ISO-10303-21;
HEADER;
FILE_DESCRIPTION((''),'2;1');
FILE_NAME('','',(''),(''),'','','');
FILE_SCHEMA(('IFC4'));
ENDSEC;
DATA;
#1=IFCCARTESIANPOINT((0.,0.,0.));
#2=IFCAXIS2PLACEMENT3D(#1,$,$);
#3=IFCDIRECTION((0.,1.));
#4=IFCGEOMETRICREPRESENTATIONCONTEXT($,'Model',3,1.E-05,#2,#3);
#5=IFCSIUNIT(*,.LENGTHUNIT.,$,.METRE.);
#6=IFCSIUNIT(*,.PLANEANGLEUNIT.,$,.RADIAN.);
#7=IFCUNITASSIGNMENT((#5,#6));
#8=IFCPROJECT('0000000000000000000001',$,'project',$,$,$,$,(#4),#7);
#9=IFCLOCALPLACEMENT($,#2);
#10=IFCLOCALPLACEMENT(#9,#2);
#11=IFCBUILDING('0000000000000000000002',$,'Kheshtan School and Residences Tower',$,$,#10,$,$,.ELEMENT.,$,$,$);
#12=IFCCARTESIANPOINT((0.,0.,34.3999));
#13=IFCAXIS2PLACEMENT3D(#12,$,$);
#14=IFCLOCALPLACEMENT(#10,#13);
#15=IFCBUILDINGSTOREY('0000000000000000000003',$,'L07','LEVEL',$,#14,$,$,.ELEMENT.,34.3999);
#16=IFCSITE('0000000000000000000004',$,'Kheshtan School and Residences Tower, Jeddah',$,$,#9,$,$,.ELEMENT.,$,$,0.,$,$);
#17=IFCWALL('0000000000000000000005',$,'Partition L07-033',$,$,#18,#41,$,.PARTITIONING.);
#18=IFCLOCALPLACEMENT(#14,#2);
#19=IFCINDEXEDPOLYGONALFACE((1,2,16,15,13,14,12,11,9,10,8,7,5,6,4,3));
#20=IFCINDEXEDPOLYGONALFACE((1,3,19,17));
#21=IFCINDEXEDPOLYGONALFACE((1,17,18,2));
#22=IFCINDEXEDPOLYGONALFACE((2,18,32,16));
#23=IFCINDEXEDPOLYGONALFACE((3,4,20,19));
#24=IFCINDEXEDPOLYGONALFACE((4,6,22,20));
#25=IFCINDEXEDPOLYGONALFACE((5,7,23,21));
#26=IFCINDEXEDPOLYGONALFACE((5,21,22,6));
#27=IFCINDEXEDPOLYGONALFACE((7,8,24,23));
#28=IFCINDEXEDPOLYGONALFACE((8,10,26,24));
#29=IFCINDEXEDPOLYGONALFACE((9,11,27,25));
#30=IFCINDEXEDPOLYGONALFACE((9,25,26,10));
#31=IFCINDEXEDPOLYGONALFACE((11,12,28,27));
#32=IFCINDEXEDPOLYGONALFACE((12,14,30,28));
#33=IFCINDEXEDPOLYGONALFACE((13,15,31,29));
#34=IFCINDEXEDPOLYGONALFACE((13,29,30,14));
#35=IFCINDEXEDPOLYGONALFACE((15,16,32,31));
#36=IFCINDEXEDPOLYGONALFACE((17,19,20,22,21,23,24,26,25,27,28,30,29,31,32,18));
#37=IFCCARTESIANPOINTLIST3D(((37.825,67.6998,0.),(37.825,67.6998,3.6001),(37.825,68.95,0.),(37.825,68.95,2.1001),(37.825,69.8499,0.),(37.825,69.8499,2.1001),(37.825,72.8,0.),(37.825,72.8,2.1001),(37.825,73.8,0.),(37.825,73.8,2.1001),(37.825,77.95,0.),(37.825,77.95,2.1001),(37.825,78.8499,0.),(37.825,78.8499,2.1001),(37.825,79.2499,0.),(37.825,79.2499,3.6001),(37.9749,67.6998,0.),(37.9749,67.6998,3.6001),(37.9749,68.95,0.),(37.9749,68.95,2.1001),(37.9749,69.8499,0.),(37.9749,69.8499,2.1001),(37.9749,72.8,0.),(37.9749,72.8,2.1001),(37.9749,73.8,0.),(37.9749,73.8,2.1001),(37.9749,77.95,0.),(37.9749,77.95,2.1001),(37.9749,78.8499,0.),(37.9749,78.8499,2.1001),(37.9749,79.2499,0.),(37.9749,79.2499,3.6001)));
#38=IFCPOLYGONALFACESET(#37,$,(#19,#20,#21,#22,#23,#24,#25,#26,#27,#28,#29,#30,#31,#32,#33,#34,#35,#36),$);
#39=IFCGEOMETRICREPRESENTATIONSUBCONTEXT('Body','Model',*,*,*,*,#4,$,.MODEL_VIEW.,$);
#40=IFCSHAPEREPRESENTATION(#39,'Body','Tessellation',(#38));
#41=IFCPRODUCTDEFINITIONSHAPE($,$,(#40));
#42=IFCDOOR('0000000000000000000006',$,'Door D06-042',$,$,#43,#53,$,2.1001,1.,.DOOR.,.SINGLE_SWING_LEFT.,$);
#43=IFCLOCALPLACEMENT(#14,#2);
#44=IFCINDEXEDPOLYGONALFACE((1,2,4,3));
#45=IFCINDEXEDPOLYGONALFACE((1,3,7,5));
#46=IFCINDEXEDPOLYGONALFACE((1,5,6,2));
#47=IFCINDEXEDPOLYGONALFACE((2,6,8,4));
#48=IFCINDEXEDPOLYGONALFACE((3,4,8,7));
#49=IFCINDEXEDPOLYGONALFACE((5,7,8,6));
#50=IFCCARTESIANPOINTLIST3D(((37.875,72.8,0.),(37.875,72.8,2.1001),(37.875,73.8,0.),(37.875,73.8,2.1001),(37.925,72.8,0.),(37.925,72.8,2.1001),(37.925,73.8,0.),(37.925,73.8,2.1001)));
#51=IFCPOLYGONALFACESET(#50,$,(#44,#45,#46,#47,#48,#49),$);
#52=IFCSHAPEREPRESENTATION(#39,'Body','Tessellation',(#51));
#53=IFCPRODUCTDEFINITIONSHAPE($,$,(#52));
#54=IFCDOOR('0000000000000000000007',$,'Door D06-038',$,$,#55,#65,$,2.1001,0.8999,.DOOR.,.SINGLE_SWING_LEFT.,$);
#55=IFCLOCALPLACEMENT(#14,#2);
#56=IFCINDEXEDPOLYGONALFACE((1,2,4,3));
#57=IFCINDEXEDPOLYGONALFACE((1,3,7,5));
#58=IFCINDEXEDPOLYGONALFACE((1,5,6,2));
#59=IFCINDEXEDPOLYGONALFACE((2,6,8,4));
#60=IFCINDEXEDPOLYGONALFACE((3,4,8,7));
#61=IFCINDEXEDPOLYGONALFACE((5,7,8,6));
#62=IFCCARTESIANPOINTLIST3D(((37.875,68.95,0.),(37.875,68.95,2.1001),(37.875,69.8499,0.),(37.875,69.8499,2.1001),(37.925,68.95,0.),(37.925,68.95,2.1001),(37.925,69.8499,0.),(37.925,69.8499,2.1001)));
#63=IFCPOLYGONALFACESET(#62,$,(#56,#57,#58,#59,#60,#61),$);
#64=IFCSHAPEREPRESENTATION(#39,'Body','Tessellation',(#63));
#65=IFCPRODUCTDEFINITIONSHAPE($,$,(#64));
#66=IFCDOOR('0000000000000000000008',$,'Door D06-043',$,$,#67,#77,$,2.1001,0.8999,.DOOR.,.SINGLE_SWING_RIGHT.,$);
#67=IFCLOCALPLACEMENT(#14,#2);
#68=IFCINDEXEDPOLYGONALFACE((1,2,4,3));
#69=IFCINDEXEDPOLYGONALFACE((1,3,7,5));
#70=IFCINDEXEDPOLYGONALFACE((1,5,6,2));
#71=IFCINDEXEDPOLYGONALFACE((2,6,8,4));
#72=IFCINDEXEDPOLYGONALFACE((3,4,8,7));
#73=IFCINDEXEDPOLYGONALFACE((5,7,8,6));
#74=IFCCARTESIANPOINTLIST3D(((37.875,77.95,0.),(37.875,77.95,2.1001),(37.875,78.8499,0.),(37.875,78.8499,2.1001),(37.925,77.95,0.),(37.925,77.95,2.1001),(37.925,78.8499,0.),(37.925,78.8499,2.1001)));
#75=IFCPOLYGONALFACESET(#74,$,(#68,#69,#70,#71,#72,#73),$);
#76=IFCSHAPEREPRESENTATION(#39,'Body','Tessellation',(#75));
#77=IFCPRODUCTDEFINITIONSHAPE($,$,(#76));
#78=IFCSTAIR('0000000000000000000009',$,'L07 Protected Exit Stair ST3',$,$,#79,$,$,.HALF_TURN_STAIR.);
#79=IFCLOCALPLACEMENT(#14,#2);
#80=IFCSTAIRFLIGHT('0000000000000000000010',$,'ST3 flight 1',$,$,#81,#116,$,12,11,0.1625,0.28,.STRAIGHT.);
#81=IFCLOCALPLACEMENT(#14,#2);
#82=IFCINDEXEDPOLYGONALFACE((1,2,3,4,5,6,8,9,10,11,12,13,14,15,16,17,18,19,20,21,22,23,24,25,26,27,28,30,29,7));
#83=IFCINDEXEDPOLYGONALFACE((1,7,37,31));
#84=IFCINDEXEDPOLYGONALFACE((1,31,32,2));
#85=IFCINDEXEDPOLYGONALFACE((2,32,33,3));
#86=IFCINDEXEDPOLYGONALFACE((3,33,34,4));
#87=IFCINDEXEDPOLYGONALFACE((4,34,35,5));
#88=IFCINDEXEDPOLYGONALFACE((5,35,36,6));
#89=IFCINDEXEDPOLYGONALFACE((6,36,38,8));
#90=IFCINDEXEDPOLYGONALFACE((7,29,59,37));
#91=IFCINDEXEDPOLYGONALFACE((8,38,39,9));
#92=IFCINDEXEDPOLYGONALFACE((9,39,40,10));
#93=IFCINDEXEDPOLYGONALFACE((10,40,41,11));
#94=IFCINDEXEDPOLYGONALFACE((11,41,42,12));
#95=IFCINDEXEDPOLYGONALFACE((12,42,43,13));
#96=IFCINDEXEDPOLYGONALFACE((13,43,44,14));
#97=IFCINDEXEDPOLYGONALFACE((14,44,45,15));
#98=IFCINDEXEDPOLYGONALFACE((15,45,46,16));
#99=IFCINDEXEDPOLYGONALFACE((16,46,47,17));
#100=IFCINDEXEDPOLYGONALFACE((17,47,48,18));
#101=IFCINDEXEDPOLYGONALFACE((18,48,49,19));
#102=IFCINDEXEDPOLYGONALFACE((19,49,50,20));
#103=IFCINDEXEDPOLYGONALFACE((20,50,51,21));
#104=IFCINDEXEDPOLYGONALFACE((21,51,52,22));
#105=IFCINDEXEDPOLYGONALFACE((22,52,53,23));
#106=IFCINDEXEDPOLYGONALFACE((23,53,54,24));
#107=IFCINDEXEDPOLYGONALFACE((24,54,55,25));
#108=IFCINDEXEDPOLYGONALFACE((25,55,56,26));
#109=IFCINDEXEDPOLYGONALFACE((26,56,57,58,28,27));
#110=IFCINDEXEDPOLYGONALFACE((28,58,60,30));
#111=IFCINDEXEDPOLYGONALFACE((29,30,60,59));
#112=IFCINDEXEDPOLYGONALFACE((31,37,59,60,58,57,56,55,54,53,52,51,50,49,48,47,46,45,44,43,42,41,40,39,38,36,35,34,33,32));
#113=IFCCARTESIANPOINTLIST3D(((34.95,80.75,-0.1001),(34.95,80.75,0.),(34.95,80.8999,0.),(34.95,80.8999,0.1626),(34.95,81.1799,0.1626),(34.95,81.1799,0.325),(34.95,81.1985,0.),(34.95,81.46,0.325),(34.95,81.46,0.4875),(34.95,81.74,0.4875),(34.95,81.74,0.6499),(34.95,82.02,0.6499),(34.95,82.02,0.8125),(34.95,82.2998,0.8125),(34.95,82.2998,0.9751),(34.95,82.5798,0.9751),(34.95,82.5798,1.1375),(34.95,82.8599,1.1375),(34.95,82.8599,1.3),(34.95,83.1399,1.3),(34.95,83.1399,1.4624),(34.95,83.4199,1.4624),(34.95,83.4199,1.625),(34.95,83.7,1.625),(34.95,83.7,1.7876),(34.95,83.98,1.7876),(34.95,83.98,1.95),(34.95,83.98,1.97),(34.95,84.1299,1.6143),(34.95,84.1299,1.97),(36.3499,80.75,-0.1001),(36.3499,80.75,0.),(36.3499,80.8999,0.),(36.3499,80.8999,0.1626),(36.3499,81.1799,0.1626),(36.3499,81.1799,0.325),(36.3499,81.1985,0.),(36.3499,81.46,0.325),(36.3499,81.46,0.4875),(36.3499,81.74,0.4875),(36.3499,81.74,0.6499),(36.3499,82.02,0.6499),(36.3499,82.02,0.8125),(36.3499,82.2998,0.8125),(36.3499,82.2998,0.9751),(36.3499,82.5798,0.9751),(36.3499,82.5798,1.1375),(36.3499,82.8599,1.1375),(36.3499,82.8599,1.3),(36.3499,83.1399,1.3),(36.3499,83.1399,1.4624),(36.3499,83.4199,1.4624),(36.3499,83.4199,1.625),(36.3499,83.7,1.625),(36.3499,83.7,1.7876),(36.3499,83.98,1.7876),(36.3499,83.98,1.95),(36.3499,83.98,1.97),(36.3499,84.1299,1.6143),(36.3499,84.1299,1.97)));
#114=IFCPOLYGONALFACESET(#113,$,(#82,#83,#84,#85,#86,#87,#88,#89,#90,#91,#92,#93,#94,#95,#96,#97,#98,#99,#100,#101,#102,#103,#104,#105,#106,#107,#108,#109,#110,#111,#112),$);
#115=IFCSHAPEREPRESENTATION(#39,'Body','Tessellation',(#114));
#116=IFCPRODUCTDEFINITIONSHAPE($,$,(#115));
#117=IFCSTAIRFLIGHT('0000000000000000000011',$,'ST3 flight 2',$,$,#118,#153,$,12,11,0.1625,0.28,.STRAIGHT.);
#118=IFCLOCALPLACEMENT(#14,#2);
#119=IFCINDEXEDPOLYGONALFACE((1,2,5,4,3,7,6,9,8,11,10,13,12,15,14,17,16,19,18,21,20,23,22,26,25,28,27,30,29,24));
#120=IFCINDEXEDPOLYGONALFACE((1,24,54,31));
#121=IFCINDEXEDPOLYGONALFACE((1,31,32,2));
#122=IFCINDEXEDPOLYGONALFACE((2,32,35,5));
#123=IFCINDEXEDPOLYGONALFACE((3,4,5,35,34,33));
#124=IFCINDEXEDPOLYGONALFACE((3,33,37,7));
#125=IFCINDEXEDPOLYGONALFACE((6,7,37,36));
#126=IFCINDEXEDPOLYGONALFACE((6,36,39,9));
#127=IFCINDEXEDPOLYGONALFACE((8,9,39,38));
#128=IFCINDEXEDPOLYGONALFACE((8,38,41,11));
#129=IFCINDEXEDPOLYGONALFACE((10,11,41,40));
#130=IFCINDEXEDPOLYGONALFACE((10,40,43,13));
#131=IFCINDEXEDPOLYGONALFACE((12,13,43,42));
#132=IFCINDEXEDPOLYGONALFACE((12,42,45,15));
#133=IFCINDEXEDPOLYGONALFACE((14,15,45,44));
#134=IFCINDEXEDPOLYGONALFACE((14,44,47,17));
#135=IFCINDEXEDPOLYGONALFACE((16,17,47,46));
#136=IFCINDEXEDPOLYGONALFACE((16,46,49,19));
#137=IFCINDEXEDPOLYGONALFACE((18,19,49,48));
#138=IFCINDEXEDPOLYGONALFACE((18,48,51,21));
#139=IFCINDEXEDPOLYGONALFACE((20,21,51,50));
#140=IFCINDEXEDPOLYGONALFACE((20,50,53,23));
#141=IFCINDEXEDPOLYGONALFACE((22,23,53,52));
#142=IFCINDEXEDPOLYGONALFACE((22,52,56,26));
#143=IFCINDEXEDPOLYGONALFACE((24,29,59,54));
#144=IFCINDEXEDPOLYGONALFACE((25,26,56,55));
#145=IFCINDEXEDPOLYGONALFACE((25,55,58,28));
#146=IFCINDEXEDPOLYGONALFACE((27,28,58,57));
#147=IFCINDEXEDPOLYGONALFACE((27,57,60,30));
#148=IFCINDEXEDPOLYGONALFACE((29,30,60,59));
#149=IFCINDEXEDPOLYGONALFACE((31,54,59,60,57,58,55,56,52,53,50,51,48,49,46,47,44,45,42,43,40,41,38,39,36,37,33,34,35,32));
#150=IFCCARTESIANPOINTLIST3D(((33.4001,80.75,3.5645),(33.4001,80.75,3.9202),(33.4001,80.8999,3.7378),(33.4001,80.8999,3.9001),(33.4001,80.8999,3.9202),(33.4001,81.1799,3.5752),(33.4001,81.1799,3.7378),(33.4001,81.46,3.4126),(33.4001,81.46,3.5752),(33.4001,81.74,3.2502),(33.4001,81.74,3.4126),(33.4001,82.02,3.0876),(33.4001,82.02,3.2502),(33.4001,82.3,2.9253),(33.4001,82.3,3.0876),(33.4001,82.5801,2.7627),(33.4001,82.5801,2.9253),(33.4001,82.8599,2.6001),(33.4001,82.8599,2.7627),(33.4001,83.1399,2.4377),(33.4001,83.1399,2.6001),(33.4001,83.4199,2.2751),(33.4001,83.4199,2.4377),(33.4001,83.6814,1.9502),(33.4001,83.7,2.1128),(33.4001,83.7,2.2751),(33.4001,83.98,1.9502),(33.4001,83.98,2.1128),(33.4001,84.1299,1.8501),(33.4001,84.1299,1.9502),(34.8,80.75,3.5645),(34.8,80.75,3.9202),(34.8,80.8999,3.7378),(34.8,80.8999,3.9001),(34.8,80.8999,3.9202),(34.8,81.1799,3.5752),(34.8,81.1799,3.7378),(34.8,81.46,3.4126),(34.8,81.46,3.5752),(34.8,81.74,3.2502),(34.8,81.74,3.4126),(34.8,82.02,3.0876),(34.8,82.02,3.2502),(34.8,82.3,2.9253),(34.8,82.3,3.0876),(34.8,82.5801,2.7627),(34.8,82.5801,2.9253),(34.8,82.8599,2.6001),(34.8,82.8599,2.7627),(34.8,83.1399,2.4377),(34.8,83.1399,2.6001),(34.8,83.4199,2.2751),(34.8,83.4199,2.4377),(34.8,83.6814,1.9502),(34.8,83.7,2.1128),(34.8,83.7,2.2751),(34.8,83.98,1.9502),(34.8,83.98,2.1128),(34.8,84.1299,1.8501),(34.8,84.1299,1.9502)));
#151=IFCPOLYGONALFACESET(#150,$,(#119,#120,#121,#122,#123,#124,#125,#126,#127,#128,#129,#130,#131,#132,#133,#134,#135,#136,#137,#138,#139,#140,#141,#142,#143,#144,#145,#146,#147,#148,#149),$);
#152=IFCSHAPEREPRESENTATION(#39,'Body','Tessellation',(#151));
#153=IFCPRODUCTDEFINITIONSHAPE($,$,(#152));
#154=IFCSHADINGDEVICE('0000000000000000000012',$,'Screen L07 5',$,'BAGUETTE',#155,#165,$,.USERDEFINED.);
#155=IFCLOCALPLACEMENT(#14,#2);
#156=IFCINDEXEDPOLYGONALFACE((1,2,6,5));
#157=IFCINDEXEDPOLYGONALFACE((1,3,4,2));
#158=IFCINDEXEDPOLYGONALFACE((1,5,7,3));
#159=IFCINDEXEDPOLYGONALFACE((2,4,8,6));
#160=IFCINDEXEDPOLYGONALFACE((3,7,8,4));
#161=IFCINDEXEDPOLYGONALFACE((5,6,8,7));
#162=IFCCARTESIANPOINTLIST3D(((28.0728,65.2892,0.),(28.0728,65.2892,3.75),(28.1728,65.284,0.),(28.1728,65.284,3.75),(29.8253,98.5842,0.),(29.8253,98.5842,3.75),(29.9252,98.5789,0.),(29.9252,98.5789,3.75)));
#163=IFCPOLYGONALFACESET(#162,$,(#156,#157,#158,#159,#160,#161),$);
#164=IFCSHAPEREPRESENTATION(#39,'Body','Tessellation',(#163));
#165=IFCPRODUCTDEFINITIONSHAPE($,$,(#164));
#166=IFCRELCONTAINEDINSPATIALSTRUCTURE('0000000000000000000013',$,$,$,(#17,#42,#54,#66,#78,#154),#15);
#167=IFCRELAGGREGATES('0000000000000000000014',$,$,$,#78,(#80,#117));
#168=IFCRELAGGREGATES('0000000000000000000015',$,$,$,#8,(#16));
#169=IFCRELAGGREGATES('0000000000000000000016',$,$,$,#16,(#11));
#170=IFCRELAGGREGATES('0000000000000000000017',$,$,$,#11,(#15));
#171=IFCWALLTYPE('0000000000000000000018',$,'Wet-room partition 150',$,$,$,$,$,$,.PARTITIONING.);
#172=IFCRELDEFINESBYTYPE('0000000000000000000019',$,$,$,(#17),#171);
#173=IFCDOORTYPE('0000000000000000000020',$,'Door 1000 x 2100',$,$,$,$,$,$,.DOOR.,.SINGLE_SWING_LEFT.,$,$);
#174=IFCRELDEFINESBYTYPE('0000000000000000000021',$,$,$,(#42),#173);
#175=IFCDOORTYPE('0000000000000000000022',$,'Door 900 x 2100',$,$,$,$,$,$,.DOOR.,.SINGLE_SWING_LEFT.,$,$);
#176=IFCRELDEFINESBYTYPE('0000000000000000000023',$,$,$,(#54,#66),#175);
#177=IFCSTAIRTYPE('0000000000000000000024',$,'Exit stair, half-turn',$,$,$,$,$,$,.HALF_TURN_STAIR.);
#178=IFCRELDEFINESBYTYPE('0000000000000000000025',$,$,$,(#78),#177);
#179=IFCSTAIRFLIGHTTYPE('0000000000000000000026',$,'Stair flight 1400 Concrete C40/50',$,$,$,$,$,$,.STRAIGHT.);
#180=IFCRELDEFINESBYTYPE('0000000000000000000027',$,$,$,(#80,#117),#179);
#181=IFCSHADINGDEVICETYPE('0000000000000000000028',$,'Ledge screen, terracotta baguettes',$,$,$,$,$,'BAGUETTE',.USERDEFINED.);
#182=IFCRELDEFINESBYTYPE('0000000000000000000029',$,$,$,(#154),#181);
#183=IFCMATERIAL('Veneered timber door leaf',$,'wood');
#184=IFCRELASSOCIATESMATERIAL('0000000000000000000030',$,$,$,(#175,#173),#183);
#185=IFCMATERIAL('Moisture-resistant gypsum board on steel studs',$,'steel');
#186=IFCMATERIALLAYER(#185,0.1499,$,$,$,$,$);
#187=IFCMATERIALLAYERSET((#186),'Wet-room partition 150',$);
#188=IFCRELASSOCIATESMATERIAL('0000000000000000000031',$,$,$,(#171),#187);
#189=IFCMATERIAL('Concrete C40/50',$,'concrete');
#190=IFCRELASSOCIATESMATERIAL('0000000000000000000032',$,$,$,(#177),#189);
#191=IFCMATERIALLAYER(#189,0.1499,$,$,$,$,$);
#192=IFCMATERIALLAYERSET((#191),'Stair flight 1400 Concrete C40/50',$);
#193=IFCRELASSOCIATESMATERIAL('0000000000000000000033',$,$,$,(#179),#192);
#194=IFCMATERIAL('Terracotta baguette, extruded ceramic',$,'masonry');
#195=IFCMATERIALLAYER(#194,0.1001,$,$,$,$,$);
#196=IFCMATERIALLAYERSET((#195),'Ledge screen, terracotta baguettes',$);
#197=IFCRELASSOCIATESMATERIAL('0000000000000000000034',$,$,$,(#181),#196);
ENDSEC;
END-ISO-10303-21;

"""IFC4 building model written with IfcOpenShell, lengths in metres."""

from ifc_helpers import new_model, si_unit, direction, frame, frame_2d, origin, origin_2d, place, context, subcontext, project, spatial, polyline, rectangle, outline, extrude, source, transform, mapped, material, layer, layer_set, type_object, element, fill, aggregate, save


model = new_model("IFC4")

# Units and contexts
model_context = context("Model", 3, precision=1e-05, world=origin(), true_north=direction((0.0, 1.0)))
body_context = subcontext(model_context, "Body", "Model", "MODEL_VIEW")
ifc_project = project(units=[si_unit("LENGTHUNIT", "METRE"), si_unit("PLANEANGLEUNIT", "RADIAN")], contexts=[model_context])

# Site, building, storey
site_placement = place(None, origin())
site = spatial("IfcSite", under=ifc_project, at=site_placement, Name="Kheshtan School and Residences Tower, Jeddah", CompositionType="ELEMENT", RefElevation=0.0)
building_placement = place(site_placement, origin())
building = spatial("IfcBuilding", under=site, at=building_placement, Name="Kheshtan School and Residences Tower", CompositionType="ELEMENT")
storey_placement = place(building_placement, frame((0.0, 0.0, 34.3999)))
storey = spatial("IfcBuildingStorey", under=building, at=storey_placement, Name="L07", Description="LEVEL", CompositionType="ELEMENT", Elevation=34.3999)

# Shared definitions
ifc_material_1 = material(Name="Veneered timber door leaf", Category="wood")
door_type_1 = type_object("IfcDoorType", Name="Door 900 x 2100", OperationType="SINGLE_SWING_LEFT", PredefinedType="DOOR", material=ifc_material_1)
shared_shape_1 = source(origin(), body_context, "Body", "SweptSolid", [
    extrude(rectangle(XDim=0.8999, YDim=2.1001, at=frame_2d((0.45, 1.05))), frame((0.0, 0.0249, 0.0), z_axis=(0.0, -1.0, 0.0), x_axis=(1.0, 0.0, 0.0)), (0.0, 0.0, 1.0), 0.05),
])

# Shared definitions
ifc_material_2 = material(Name="Concrete C40/50", Category="concrete")

# Shared definitions
ifc_material_3 = material(Name="Moisture-resistant gypsum board on steel studs", Category="steel")
ifc_layer_1 = layer(ifc_material_3, 0.1499)
ifc_layer_set_1 = layer_set([ifc_layer_1], Name="Wet-room partition 150")
wall_type_1 = type_object("IfcWallType", Name="Wet-room partition 150", PredefinedType="PARTITIONING", material=ifc_layer_set_1)

# Wall, openings, doors
wall_1_placement = place(storey_placement, frame((37.8999, 67.7, 0.0), z_axis=(0.0, 0.0, 1.0), x_axis=(0.0, 1.0, 0.0)))
wall_1 = element("IfcWall", 1, at=wall_1_placement, inside=storey, type_object=wall_type_1, Name="Partition L07-033", PredefinedType="PARTITIONING", context=body_context, shape_type="SweptSolid", body=[
    extrude(rectangle(XDim=11.55, YDim=0.1499, at=frame_2d((5.7749, 0.0))), origin(), (0.0, 0.0, 1.0), 3.6001),
])
opening_1_placement = place(wall_1_placement, frame((1.25, 0.0, 0.0)))
opening_1 = element("IfcOpeningElement", 2, at=opening_1_placement, cuts=wall_1, PredefinedType="OPENING", context=body_context, shape_type="SweptSolid", body=[
    extrude(rectangle(XDim=0.8999, YDim=2.1001, at=frame_2d((0.45, 1.05))), frame((0.0, 0.085, 0.0), z_axis=(0.0, -1.0, 0.0), x_axis=(1.0, 0.0, 0.0)), (0.0, 0.0, 1.0), 0.1699),
])
opening_2_placement = place(wall_1_placement, frame((5.1001, 0.0, 0.0)))
opening_2 = element("IfcOpeningElement", 3, at=opening_2_placement, cuts=wall_1, PredefinedType="OPENING", context=body_context, shape_type="SweptSolid", body=[
    extrude(rectangle(XDim=1.0, YDim=2.1001, at=frame_2d((0.5, 1.05))), frame((0.0, 0.085, 0.0), z_axis=(0.0, -1.0, 0.0), x_axis=(1.0, 0.0, 0.0)), (0.0, 0.0, 1.0), 0.1699),
])
opening_3_placement = place(wall_1_placement, frame((10.25, 0.0, 0.0)))
opening_3 = element("IfcOpeningElement", 4, at=opening_3_placement, cuts=wall_1, PredefinedType="OPENING", context=body_context, shape_type="SweptSolid", body=[
    extrude(rectangle(XDim=0.8999, YDim=2.1001, at=frame_2d((0.45, 1.05))), frame((0.0, 0.085, 0.0), z_axis=(0.0, -1.0, 0.0), x_axis=(1.0, 0.0, 0.0)), (0.0, 0.0, 1.0), 0.1699),
])
door_type_2 = type_object("IfcDoorType", Name="Door 1000 x 2100", OperationType="SINGLE_SWING_LEFT", PredefinedType="DOOR", material=ifc_material_1)
shared_shape_2 = source(origin(), body_context, "Body", "SweptSolid", [
    extrude(rectangle(XDim=1.0, YDim=2.1001, at=frame_2d((0.5, 1.05))), frame((0.0, 0.0249, 0.0), z_axis=(0.0, -1.0, 0.0), x_axis=(1.0, 0.0, 0.0)), (0.0, 0.0, 1.0), 0.05),
])
door_1_placement = place(opening_2_placement, origin())
door_1 = element("IfcDoor", 5, at=door_1_placement, inside=storey, type_object=door_type_2, Name="Door D06-042", OperationType="SINGLE_SWING_LEFT", OverallHeight=2.1001, OverallWidth=1.0, PredefinedType="DOOR", context=body_context, shape_type="MappedRepresentation", body=[
    mapped(shared_shape_2, transform((0.0, 0.0, 0.0), x_axis=(1.0, 0.0, 0.0), y_axis=(0.0, 1.0, 0.0), z_axis=(0.0, 0.0, 1.0), scale=1.0)),
])
fill(opening_2, door_1)
door_2_placement = place(opening_1_placement, origin())
door_2 = element("IfcDoor", 6, at=door_2_placement, inside=storey, type_object=door_type_1, Name="Door D06-038", OperationType="SINGLE_SWING_LEFT", OverallHeight=2.1001, OverallWidth=0.8999, PredefinedType="DOOR", context=body_context, shape_type="MappedRepresentation", body=[
    mapped(shared_shape_1, transform((0.0, 0.0, 0.0), x_axis=(1.0, 0.0, 0.0), y_axis=(0.0, 1.0, 0.0), z_axis=(0.0, 0.0, 1.0), scale=1.0)),
])
fill(opening_1, door_2)
door_3_placement = place(opening_3_placement, origin())
door_3 = element("IfcDoor", 7, at=door_3_placement, inside=storey, type_object=door_type_1, Name="Door D06-043", OperationType="SINGLE_SWING_RIGHT", OverallHeight=2.1001, OverallWidth=0.8999, PredefinedType="DOOR", context=body_context, shape_type="MappedRepresentation", body=[
    mapped(shared_shape_1, transform((0.0, 0.0, 0.0), x_axis=(1.0, 0.0, 0.0), y_axis=(0.0, 1.0, 0.0), z_axis=(0.0, 0.0, 1.0), scale=1.0)),
])
fill(opening_3, door_3)

# Stair, stair flights
stair_type = type_object("IfcStairType", Name="Exit stair, half-turn", PredefinedType="HALF_TURN_STAIR", material=ifc_material_2)
stair_placement = place(storey_placement, origin())
stair = element("IfcStair", 8, at=stair_placement, inside=storey, type_object=stair_type, Name="L07 Protected Exit Stair ST3", PredefinedType="HALF_TURN_STAIR")
ifc_layer_2 = layer(ifc_material_2, 0.1499)
ifc_layer_set_2 = layer_set([ifc_layer_2], Name="Stair flight 1400 Concrete C40/50")
stair_flight_type = type_object("IfcStairFlightType", Name="Stair flight 1400 Concrete C40/50", PredefinedType="STRAIGHT", material=ifc_layer_set_2)
stair_flight_1_placement = place(storey_placement, frame((35.6499, 80.8999, 0.0), z_axis=(0.0, 0.0, 1.0), x_axis=(0.0, 1.0, 0.0)))
stair_flight_1 = element("IfcStairFlight", 9, at=stair_flight_1_placement, type_object=stair_flight_type, Name="ST3 flight 1", NumberOfRisers=12, NumberOfTreads=11, PredefinedType="STRAIGHT", RiserHeight=0.1625, TreadLength=0.28, context=body_context, shape_type="SweptSolid", body=[
    extrude(outline(polyline([(-0.1499, -0.1001), (-0.1499, 0.0), (0.0, 0.0), (0.0, 0.1626), (0.28, 0.1626), (0.28, 0.325), (0.5601, 0.325), (0.5601, 0.4875), (0.8401, 0.4875), (0.8401, 0.6499), (1.1201, 0.6499), (1.1201, 0.8125), (1.3999, 0.8125), (1.3999, 0.9751), (1.6799, 0.9751), (1.6799, 1.1375), (1.96, 1.1375), (1.96, 1.3), (2.24, 1.3), (2.24, 1.4624), (2.52, 1.4624), (2.52, 1.625), (2.8, 1.625), (2.8, 1.7876), (3.0801, 1.7876), (3.0801, 1.95), (3.0801, 1.97), (3.23, 1.97), (3.23, 1.6143), (0.2986, 0.0), (-0.1499, -0.1001)])), frame((0.0, 0.7, 0.0), z_axis=(0.0, -1.0, 0.0), x_axis=(1.0, 0.0, 0.0)), (0.0, 0.0, 1.0), 1.3999),
])
stair_flight_2_placement = place(storey_placement, frame((34.1001, 83.98, 1.9502), z_axis=(0.0, 0.0, 1.0), x_axis=(0.0, -1.0, 0.0)))
stair_flight_2 = element("IfcStairFlight", 10, at=stair_flight_2_placement, type_object=stair_flight_type, Name="ST3 flight 2", NumberOfRisers=12, NumberOfTreads=11, PredefinedType="STRAIGHT", RiserHeight=0.1625, TreadLength=0.28, context=body_context, shape_type="SweptSolid", body=[
    extrude(outline(polyline([(-0.1499, -0.1001), (-0.1499, 0.0), (0.0, 0.0), (0.0, 0.1626), (0.28, 0.1626), (0.28, 0.325), (0.5601, 0.325), (0.5601, 0.4875), (0.8401, 0.4875), (0.8401, 0.6499), (1.1201, 0.6499), (1.1201, 0.8125), (1.3999, 0.8125), (1.3999, 0.9751), (1.6799, 0.9751), (1.6799, 1.1375), (1.96, 1.1375), (1.96, 1.3), (2.24, 1.3), (2.24, 1.4624), (2.52, 1.4624), (2.52, 1.625), (2.8, 1.625), (2.8, 1.7876), (3.0801, 1.7876), (3.0801, 1.95), (3.0801, 1.97), (3.23, 1.97), (3.23, 1.6143), (0.2986, 0.0), (-0.1499, -0.1001)])), frame((0.0, 0.7, 0.0), z_axis=(0.0, -1.0, 0.0), x_axis=(1.0, 0.0, 0.0)), (0.0, 0.0, 1.0), 1.3999),
])
aggregate(stair, [stair_flight_1, stair_flight_2])

# Shading device
ifc_material_4 = material(Name="Terracotta baguette, extruded ceramic", Category="masonry")
ifc_layer_3 = layer(ifc_material_4, 0.1001)
ifc_layer_set_3 = layer_set([ifc_layer_3], Name="Ledge screen, terracotta baguettes")
shading_device_type = type_object("IfcShadingDeviceType", Name="Ledge screen, terracotta baguettes", ElementType="BAGUETTE", PredefinedType="USERDEFINED", material=ifc_layer_set_3)
shading_device_placement = place(storey_placement, frame((28.999, 81.9341, 0.0), z_axis=(0.0, 0.0, 1.0), x_axis=(0.052563, 0.998618, 0.0)))
element("IfcShadingDevice", 11, at=shading_device_placement, inside=storey, type_object=shading_device_type, Name="Screen L07 5", ObjectType="BAGUETTE", PredefinedType="USERDEFINED", context=body_context, shape_type="SweptSolid", body=[
    extrude(rectangle(XDim=33.3411, YDim=0.1001, at=origin_2d()), origin(), (0.0, 0.0, 1.0), 3.75),
])

save(model, "model.ifc")
